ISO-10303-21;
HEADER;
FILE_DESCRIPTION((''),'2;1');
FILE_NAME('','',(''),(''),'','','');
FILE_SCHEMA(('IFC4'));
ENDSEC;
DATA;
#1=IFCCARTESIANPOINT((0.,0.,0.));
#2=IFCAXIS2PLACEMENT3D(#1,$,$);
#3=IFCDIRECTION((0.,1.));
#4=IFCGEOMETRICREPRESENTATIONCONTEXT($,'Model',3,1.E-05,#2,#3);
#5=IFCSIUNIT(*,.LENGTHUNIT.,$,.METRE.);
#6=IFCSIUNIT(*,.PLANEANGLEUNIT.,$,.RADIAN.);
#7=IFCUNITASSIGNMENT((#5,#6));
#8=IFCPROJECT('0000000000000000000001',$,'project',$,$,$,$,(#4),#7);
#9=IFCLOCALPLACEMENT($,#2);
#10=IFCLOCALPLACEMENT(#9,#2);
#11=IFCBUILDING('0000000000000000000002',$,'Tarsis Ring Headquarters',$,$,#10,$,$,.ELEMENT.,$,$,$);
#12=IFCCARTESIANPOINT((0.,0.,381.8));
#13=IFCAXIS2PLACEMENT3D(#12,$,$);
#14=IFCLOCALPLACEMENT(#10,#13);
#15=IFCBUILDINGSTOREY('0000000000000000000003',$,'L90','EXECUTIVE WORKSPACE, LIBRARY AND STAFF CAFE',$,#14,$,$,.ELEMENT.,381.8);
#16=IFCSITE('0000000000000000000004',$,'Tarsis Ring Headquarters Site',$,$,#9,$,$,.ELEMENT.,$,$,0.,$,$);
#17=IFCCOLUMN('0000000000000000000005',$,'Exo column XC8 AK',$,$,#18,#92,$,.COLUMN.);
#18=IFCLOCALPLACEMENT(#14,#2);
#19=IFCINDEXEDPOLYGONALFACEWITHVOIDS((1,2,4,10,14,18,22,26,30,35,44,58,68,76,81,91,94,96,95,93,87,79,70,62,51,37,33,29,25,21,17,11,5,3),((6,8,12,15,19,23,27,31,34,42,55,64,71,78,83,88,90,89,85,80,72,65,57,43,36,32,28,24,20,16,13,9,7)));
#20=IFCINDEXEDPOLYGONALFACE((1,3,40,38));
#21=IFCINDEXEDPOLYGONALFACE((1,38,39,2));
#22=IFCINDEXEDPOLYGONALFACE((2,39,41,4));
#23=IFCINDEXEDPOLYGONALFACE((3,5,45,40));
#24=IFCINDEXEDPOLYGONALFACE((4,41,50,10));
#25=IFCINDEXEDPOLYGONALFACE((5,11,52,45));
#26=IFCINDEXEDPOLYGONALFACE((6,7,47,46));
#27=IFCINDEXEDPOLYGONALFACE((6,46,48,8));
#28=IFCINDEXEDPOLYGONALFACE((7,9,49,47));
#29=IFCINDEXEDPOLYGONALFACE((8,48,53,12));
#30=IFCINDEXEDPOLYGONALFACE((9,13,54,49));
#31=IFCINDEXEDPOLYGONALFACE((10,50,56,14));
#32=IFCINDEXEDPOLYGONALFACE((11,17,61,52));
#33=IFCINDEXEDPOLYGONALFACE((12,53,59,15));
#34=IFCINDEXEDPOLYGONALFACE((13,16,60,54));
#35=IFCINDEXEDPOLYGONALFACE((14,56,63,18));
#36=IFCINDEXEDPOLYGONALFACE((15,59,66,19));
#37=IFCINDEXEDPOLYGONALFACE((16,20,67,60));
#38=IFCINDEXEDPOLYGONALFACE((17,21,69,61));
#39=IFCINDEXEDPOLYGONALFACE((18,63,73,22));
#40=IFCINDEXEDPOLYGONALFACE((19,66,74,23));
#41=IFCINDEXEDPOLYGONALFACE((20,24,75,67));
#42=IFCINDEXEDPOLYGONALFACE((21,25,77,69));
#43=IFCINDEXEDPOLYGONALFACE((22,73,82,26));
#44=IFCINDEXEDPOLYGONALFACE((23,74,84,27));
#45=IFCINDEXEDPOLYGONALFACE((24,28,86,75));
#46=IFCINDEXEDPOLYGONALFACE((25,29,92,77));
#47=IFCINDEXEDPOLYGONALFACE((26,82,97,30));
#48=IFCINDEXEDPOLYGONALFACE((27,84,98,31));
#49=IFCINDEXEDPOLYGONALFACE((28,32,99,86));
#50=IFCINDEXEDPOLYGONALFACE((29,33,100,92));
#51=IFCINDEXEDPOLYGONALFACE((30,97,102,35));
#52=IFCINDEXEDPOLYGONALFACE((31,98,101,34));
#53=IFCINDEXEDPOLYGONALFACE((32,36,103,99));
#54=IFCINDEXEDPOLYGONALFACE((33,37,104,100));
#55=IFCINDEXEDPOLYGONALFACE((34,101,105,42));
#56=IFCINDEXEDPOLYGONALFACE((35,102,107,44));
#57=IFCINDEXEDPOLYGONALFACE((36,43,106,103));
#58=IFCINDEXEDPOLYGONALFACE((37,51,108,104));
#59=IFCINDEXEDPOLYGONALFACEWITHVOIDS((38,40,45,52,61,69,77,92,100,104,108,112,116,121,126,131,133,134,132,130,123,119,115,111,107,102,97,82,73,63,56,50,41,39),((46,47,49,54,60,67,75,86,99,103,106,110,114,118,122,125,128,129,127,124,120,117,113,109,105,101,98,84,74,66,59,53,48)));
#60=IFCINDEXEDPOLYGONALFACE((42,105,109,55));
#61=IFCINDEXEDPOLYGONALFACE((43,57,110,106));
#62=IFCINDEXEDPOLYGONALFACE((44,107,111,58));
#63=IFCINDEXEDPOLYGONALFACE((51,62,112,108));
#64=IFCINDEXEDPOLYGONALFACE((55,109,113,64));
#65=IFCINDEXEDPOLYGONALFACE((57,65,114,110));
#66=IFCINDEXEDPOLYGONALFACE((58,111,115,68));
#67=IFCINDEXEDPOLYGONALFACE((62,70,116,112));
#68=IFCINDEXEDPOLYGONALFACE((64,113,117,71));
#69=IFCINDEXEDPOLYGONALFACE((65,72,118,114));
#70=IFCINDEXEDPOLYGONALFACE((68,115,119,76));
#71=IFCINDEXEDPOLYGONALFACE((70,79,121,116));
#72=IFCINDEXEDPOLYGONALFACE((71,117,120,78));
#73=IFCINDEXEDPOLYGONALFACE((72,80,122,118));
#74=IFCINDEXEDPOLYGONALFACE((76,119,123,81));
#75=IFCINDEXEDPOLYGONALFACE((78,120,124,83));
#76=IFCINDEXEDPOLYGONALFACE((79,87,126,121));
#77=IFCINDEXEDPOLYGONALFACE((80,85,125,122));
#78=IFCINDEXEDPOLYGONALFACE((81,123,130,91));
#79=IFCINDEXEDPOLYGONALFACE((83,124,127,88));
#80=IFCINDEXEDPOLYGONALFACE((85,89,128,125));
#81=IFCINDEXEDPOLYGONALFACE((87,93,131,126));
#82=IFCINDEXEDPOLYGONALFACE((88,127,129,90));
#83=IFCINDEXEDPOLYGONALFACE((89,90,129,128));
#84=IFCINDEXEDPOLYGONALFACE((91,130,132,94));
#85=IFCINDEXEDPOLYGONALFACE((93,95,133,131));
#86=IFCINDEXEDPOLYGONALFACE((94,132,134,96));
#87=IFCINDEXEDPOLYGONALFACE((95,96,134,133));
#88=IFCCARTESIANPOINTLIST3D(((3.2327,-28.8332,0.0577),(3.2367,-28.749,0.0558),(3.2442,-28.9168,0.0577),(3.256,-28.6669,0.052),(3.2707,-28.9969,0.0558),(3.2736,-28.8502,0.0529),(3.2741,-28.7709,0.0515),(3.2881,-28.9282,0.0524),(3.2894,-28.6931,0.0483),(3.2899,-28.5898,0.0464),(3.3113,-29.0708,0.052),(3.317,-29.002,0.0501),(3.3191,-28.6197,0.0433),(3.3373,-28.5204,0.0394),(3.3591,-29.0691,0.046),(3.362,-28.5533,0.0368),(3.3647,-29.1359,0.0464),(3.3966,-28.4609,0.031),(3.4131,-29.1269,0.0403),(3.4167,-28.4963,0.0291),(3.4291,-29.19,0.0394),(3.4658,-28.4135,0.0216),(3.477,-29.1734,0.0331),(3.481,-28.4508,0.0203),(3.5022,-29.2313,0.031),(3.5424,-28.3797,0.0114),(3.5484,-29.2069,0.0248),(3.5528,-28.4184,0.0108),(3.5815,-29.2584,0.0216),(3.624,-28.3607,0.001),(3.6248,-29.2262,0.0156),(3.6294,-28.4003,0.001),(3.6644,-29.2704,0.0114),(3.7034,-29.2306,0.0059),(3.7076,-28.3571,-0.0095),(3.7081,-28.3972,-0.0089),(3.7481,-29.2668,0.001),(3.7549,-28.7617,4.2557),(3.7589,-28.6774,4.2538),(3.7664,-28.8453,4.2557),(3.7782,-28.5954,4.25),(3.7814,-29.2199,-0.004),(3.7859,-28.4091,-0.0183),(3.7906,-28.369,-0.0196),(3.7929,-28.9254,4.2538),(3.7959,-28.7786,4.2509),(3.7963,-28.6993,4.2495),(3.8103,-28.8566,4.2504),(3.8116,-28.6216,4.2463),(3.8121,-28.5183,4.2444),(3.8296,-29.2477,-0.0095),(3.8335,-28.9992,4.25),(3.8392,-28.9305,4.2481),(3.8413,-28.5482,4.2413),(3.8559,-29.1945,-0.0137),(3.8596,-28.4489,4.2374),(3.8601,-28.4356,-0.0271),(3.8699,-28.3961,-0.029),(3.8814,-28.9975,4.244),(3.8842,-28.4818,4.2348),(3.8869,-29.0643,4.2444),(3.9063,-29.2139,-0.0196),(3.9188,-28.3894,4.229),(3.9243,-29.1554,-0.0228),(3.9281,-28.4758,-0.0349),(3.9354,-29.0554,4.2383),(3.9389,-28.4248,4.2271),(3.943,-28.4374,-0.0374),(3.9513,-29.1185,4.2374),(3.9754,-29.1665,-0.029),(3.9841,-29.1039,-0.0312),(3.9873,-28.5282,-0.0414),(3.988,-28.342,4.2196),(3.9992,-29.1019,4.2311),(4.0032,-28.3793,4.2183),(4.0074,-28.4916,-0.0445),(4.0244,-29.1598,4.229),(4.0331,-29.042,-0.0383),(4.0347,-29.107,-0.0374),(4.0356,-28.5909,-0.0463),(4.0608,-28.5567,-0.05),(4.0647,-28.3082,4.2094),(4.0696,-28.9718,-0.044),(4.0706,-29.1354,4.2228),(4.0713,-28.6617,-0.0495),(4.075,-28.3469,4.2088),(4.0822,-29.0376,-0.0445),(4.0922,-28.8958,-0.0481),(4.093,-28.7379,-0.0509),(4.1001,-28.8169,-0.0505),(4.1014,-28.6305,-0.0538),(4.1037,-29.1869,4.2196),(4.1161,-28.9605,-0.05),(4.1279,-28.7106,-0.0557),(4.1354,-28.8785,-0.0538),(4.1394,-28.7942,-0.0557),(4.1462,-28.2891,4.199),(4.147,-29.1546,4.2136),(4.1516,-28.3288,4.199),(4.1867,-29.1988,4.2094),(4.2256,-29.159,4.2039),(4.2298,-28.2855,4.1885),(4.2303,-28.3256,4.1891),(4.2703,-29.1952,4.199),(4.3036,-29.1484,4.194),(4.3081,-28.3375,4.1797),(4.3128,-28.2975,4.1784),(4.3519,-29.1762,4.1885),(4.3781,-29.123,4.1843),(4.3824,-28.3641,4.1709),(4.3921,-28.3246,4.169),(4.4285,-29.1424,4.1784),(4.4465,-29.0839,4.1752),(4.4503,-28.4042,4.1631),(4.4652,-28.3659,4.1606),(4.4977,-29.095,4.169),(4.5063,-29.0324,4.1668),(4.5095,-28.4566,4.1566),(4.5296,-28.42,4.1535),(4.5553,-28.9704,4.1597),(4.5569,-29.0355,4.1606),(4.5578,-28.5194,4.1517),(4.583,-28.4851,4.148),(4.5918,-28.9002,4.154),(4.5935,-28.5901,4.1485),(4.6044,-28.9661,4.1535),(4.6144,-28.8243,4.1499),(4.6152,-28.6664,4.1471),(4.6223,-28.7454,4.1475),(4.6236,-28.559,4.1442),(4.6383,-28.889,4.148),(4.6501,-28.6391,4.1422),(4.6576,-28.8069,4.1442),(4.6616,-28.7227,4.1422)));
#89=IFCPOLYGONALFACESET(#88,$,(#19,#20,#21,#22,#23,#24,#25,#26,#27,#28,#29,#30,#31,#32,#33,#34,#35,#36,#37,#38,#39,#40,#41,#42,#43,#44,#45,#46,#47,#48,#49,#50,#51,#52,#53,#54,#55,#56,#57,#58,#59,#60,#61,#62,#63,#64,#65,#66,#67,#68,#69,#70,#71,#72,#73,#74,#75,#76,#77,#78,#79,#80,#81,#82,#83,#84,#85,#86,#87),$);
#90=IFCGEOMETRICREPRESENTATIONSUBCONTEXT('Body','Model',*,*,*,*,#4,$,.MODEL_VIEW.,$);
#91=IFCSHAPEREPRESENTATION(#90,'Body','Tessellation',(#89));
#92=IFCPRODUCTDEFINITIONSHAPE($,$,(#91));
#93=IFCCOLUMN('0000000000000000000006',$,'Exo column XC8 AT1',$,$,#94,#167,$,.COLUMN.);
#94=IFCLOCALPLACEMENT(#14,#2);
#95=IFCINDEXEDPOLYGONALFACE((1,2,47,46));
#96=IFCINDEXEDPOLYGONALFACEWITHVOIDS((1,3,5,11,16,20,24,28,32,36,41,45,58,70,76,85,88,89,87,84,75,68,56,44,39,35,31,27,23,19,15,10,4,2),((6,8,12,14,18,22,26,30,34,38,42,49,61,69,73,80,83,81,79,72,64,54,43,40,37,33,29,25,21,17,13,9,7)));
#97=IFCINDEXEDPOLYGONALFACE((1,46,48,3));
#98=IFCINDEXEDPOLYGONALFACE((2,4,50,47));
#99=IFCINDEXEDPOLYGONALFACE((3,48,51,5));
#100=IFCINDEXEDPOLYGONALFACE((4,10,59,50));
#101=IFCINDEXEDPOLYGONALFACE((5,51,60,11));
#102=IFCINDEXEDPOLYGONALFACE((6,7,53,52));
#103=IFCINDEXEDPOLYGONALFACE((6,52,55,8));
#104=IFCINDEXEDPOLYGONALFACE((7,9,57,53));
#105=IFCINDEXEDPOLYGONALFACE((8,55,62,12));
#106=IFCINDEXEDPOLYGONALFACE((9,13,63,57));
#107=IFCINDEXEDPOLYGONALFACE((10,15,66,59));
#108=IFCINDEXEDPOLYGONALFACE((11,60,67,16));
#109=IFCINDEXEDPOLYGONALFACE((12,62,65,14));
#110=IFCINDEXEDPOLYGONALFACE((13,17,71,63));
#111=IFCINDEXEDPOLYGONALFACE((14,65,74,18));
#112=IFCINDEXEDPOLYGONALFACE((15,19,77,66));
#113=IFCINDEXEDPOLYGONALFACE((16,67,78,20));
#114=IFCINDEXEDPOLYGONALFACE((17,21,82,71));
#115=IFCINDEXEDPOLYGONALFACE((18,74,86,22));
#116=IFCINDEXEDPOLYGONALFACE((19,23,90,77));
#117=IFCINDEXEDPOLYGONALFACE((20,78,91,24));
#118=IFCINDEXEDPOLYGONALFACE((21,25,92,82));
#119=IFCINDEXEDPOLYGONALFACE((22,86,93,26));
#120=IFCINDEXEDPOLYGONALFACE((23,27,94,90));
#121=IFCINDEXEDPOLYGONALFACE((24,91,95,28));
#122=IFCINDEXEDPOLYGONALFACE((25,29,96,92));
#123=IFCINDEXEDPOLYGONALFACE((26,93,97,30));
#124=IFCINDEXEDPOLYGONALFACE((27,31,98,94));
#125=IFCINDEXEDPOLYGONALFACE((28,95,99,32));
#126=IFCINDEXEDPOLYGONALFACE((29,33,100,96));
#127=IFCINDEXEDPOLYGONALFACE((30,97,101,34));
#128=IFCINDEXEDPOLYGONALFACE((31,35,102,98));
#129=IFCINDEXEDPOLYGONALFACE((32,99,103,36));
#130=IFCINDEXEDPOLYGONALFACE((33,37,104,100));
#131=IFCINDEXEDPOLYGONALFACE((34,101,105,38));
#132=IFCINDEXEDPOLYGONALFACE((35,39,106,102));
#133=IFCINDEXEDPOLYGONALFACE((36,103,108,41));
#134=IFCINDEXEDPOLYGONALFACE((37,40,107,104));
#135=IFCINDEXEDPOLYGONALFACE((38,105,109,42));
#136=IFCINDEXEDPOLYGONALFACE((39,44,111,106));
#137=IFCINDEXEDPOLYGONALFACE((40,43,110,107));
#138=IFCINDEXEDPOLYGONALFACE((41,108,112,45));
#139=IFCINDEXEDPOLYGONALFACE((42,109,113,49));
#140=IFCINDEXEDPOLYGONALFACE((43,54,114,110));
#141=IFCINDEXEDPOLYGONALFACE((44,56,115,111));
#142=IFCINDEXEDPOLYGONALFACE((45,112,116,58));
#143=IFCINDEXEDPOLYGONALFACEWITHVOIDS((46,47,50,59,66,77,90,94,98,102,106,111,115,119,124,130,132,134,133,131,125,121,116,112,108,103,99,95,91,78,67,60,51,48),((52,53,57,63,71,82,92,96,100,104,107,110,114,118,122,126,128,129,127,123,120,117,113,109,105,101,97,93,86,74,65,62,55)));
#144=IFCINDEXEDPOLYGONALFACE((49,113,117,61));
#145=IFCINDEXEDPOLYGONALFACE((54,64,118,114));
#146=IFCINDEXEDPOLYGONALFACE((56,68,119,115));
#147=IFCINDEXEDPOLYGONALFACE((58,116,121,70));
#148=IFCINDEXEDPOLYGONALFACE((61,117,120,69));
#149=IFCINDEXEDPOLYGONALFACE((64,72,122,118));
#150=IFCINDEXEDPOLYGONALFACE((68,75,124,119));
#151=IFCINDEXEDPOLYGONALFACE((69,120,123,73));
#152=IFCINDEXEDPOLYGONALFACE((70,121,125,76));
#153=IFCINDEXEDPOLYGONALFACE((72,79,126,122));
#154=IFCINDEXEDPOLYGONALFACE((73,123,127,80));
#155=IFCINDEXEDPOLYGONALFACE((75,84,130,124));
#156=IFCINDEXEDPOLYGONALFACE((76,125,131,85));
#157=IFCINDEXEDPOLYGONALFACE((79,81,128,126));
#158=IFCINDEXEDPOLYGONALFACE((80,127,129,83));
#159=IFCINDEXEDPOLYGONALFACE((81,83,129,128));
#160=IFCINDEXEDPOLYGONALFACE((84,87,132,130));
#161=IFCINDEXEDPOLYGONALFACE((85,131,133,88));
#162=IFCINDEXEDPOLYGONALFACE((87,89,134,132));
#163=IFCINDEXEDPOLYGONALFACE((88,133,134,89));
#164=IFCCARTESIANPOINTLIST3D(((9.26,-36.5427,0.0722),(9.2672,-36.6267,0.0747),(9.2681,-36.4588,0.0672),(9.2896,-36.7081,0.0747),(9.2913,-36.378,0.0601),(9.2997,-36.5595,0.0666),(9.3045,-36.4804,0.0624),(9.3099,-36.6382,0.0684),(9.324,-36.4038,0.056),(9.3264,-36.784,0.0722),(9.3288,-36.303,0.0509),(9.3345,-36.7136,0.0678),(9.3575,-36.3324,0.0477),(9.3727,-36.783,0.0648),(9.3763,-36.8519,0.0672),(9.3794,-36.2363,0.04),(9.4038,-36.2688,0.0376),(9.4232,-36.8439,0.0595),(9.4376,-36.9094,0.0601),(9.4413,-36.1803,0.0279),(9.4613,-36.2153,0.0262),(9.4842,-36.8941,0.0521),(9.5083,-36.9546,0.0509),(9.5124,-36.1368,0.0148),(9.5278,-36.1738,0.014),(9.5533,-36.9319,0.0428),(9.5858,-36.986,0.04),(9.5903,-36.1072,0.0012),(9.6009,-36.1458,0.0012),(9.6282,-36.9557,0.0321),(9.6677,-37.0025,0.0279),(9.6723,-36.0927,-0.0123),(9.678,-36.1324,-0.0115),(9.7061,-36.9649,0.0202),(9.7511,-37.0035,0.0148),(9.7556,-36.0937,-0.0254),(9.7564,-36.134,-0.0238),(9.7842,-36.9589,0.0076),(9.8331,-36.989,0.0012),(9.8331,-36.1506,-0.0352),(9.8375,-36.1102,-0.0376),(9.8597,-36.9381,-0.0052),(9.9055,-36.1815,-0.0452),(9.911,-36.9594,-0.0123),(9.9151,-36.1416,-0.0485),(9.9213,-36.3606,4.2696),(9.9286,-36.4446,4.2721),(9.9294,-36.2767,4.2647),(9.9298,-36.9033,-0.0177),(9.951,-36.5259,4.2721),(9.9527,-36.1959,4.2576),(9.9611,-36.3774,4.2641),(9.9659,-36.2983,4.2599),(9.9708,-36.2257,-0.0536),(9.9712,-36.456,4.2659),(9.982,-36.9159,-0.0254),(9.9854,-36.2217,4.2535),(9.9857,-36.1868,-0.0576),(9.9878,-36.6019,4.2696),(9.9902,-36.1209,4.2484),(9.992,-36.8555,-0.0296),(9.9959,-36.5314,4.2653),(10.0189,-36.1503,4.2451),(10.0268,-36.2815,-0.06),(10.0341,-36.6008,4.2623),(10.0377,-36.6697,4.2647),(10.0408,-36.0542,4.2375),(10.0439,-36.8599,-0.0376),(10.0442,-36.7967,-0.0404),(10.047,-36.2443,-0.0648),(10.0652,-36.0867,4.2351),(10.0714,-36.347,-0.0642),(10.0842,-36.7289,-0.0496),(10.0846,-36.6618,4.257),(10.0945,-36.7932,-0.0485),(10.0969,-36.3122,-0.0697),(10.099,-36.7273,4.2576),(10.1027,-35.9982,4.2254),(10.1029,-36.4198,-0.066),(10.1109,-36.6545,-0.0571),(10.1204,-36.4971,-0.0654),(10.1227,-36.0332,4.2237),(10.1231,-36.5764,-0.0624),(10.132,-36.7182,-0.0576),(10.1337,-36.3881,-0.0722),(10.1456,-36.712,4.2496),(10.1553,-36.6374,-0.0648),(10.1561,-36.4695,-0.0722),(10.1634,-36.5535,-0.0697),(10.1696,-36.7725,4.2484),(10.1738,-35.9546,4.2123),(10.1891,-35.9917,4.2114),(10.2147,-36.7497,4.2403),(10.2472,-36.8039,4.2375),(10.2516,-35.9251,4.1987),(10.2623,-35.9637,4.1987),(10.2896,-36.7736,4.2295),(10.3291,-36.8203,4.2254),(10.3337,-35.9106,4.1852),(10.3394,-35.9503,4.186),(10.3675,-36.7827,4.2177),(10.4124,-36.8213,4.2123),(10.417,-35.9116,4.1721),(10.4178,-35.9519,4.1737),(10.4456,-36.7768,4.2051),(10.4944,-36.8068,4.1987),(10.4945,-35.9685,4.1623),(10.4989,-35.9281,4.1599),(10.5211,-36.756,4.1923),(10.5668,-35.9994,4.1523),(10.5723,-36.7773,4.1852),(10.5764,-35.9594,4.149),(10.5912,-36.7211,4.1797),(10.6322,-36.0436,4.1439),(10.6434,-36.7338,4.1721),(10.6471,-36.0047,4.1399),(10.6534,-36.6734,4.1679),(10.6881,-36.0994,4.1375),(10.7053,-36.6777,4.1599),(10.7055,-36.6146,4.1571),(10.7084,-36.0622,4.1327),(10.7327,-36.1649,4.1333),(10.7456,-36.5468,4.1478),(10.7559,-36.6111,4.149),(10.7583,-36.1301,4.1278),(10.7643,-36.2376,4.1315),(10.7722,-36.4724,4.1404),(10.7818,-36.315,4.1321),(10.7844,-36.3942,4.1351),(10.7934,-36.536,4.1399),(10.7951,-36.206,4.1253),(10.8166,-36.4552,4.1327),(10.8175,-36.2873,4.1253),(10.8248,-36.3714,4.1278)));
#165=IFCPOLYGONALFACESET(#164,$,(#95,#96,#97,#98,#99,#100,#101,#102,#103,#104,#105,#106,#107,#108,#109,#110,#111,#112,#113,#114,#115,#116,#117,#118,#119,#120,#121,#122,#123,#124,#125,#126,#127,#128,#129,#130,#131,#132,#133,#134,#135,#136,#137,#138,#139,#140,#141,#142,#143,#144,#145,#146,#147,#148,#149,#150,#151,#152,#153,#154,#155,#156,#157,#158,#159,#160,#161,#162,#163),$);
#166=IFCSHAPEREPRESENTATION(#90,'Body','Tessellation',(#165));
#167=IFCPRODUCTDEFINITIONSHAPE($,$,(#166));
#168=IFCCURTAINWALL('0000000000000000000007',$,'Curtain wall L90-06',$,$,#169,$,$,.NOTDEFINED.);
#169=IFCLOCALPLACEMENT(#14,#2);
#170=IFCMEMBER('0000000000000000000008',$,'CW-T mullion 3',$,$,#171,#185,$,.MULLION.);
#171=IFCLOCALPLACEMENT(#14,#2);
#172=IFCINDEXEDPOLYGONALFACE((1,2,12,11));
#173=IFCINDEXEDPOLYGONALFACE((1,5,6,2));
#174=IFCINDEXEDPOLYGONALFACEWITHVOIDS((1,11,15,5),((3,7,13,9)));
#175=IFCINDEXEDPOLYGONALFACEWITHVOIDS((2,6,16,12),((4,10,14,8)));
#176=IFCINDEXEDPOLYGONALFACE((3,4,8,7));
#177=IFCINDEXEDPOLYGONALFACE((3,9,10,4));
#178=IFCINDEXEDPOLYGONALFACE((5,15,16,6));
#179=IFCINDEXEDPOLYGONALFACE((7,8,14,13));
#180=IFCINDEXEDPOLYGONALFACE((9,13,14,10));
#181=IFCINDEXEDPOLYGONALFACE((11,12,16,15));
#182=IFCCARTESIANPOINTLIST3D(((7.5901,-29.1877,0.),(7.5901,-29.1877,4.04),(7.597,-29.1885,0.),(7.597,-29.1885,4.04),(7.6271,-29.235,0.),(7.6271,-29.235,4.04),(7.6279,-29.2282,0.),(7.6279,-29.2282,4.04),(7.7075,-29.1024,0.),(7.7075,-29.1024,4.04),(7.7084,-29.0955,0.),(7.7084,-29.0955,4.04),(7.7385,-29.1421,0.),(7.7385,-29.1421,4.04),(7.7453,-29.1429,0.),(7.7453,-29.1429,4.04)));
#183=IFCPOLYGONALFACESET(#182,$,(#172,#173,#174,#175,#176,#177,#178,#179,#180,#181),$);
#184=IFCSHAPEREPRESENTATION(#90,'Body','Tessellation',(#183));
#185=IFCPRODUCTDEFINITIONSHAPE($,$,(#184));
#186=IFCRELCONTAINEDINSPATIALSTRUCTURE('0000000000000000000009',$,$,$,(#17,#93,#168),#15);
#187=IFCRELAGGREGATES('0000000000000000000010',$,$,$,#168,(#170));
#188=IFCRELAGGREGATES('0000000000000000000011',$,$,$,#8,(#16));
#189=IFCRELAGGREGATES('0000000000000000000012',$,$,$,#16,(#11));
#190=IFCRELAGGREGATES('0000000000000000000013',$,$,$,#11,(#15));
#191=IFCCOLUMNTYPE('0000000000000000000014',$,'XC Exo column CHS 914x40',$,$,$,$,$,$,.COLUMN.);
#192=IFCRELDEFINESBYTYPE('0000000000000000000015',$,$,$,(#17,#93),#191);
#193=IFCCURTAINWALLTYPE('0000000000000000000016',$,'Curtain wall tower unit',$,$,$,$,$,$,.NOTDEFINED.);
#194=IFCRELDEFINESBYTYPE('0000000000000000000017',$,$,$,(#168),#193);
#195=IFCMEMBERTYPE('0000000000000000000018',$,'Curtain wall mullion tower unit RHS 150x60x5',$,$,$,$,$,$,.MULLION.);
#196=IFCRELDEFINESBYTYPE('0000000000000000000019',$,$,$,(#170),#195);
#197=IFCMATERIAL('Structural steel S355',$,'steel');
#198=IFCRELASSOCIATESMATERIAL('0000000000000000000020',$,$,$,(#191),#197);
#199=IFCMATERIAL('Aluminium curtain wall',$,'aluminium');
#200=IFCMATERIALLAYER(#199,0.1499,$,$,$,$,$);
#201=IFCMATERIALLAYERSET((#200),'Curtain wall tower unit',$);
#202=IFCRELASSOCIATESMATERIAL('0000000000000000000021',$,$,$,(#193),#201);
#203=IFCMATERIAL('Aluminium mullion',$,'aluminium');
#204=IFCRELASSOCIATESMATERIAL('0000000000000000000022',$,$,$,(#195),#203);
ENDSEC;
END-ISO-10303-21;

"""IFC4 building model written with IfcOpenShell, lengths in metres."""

from ifc_helpers import new_model, si_unit, direction, frame, origin, origin_2d, place, context, subcontext, project, spatial, hollow_rectangle, hollow_circle, extrude, material, layer, layer_set, material_profile, profile_set, type_object, element, aggregate, save


model = new_model("IFC4")

# Units and contexts
model_context = context("Model", 3, precision=1e-05, world=origin(), true_north=direction((0.0, 1.0)))
body_context = subcontext(model_context, "Body", "Model", "MODEL_VIEW")
ifc_project = project(units=[si_unit("LENGTHUNIT", "METRE"), si_unit("PLANEANGLEUNIT", "RADIAN")], contexts=[model_context])

# Site, building, storey
site_placement = place(None, origin())
site = spatial("IfcSite", under=ifc_project, at=site_placement, Name="Tarsis Ring Headquarters Site", CompositionType="ELEMENT", RefElevation=0.0)
building_placement = place(site_placement, origin())
building = spatial("IfcBuilding", under=site, at=building_placement, Name="Tarsis Ring Headquarters", CompositionType="ELEMENT")
storey_placement = place(building_placement, frame((0.0, 0.0, 381.8)))
storey = spatial("IfcBuildingStorey", under=building, at=storey_placement, Name="L90", Description="EXECUTIVE WORKSPACE, LIBRARY AND STAFF CAFE", CompositionType="ELEMENT", Elevation=381.8)

# Columns
ifc_material_1 = material(Name="Structural steel S355", Category="steel")
ifc_material_profile_1 = material_profile(ifc_material_1, hollow_circle(Radius=0.457, WallThickness=0.04, at=origin_2d()), Name="CHS 914x40")
ifc_profile_set_1 = profile_set([ifc_material_profile_1], Name="Structural steel S355")
column_type = type_object("IfcColumnType", Name="XC Exo column CHS 914x40", PredefinedType="COLUMN", material=ifc_profile_set_1)
column_1_placement = place(storey_placement, frame((3.686, -28.8137, 0.001), z_axis=(0.123428, 0.016907, 0.99221), x_axis=(-0.135713, 0.990748, 0.0)))
element("IfcColumn", 1, at=column_1_placement, inside=storey, type_object=column_type, Name="Exo column XC8 AK", PredefinedType="COLUMN", context=body_context, shape_type="SweptSolid", body=[
    extrude(hollow_circle(Radius=0.4573, WallThickness=0.04, at=origin_2d()), origin(), (0.0, 0.0, 1.0), 4.231),
])
column_2_placement = place(storey_placement, frame((9.7117, -36.5481, 0.0012), z_axis=(0.155501, 0.042822, 0.986907), x_axis=(-0.265496, 0.964112, 0.0)))
element("IfcColumn", 2, at=column_2_placement, inside=storey, type_object=column_type, Name="Exo column XC8 AT1", PredefinedType="COLUMN", context=body_context, shape_type="SweptSolid", body=[
    extrude(hollow_circle(Radius=0.4573, WallThickness=0.04, at=origin_2d()), origin(), (0.0, 0.0, 1.0), 4.2532),
])

# Curtain wall, member
ifc_material_2 = material(Name="Aluminium curtain wall", Category="aluminium")
ifc_layer_1 = layer(ifc_material_2, 0.1499)
ifc_layer_set_1 = layer_set([ifc_layer_1], Name="Curtain wall tower unit")
curtain_wall_type = type_object("IfcCurtainWallType", Name="Curtain wall tower unit", PredefinedType="NOTDEFINED", material=ifc_layer_set_1)
curtain_wall_placement = place(storey_placement, origin())
curtain_wall = element("IfcCurtainWall", 3, at=curtain_wall_placement, inside=storey, type_object=curtain_wall_type, Name="Curtain wall L90-06", PredefinedType="NOTDEFINED")
ifc_material_3 = material(Name="Aluminium mullion", Category="aluminium")
ifc_material_profile_2 = material_profile(ifc_material_3, hollow_rectangle(XDim=0.1499, YDim=0.0601, WallThickness=0.0049, at=origin_2d()), Name="RHS 150x60x5")
ifc_profile_set_2 = profile_set([ifc_material_profile_2], Name="Aluminium mullion")
member_type = type_object("IfcMemberType", Name="Curtain wall mullion tower unit RHS 150x60x5", PredefinedType="MULLION", material=ifc_profile_set_2)
member_placement = place(storey_placement, frame((7.6677, -29.1653, 0.0), z_axis=(0.0, 0.0, 1.0), x_axis=(0.78887, 0.614561, 0.0)))
member = element("IfcMember", 4, at=member_placement, type_object=member_type, Name="CW-T mullion 3", PredefinedType="MULLION", context=body_context, shape_type="SweptSolid", body=[
    extrude(hollow_rectangle(XDim=0.1499, YDim=0.0601, WallThickness=0.0049, at=origin_2d()), origin(), (0.0, 0.0, 1.0), 4.04),
])

aggregate(curtain_wall, [member])

save(model, "model.ifc")
